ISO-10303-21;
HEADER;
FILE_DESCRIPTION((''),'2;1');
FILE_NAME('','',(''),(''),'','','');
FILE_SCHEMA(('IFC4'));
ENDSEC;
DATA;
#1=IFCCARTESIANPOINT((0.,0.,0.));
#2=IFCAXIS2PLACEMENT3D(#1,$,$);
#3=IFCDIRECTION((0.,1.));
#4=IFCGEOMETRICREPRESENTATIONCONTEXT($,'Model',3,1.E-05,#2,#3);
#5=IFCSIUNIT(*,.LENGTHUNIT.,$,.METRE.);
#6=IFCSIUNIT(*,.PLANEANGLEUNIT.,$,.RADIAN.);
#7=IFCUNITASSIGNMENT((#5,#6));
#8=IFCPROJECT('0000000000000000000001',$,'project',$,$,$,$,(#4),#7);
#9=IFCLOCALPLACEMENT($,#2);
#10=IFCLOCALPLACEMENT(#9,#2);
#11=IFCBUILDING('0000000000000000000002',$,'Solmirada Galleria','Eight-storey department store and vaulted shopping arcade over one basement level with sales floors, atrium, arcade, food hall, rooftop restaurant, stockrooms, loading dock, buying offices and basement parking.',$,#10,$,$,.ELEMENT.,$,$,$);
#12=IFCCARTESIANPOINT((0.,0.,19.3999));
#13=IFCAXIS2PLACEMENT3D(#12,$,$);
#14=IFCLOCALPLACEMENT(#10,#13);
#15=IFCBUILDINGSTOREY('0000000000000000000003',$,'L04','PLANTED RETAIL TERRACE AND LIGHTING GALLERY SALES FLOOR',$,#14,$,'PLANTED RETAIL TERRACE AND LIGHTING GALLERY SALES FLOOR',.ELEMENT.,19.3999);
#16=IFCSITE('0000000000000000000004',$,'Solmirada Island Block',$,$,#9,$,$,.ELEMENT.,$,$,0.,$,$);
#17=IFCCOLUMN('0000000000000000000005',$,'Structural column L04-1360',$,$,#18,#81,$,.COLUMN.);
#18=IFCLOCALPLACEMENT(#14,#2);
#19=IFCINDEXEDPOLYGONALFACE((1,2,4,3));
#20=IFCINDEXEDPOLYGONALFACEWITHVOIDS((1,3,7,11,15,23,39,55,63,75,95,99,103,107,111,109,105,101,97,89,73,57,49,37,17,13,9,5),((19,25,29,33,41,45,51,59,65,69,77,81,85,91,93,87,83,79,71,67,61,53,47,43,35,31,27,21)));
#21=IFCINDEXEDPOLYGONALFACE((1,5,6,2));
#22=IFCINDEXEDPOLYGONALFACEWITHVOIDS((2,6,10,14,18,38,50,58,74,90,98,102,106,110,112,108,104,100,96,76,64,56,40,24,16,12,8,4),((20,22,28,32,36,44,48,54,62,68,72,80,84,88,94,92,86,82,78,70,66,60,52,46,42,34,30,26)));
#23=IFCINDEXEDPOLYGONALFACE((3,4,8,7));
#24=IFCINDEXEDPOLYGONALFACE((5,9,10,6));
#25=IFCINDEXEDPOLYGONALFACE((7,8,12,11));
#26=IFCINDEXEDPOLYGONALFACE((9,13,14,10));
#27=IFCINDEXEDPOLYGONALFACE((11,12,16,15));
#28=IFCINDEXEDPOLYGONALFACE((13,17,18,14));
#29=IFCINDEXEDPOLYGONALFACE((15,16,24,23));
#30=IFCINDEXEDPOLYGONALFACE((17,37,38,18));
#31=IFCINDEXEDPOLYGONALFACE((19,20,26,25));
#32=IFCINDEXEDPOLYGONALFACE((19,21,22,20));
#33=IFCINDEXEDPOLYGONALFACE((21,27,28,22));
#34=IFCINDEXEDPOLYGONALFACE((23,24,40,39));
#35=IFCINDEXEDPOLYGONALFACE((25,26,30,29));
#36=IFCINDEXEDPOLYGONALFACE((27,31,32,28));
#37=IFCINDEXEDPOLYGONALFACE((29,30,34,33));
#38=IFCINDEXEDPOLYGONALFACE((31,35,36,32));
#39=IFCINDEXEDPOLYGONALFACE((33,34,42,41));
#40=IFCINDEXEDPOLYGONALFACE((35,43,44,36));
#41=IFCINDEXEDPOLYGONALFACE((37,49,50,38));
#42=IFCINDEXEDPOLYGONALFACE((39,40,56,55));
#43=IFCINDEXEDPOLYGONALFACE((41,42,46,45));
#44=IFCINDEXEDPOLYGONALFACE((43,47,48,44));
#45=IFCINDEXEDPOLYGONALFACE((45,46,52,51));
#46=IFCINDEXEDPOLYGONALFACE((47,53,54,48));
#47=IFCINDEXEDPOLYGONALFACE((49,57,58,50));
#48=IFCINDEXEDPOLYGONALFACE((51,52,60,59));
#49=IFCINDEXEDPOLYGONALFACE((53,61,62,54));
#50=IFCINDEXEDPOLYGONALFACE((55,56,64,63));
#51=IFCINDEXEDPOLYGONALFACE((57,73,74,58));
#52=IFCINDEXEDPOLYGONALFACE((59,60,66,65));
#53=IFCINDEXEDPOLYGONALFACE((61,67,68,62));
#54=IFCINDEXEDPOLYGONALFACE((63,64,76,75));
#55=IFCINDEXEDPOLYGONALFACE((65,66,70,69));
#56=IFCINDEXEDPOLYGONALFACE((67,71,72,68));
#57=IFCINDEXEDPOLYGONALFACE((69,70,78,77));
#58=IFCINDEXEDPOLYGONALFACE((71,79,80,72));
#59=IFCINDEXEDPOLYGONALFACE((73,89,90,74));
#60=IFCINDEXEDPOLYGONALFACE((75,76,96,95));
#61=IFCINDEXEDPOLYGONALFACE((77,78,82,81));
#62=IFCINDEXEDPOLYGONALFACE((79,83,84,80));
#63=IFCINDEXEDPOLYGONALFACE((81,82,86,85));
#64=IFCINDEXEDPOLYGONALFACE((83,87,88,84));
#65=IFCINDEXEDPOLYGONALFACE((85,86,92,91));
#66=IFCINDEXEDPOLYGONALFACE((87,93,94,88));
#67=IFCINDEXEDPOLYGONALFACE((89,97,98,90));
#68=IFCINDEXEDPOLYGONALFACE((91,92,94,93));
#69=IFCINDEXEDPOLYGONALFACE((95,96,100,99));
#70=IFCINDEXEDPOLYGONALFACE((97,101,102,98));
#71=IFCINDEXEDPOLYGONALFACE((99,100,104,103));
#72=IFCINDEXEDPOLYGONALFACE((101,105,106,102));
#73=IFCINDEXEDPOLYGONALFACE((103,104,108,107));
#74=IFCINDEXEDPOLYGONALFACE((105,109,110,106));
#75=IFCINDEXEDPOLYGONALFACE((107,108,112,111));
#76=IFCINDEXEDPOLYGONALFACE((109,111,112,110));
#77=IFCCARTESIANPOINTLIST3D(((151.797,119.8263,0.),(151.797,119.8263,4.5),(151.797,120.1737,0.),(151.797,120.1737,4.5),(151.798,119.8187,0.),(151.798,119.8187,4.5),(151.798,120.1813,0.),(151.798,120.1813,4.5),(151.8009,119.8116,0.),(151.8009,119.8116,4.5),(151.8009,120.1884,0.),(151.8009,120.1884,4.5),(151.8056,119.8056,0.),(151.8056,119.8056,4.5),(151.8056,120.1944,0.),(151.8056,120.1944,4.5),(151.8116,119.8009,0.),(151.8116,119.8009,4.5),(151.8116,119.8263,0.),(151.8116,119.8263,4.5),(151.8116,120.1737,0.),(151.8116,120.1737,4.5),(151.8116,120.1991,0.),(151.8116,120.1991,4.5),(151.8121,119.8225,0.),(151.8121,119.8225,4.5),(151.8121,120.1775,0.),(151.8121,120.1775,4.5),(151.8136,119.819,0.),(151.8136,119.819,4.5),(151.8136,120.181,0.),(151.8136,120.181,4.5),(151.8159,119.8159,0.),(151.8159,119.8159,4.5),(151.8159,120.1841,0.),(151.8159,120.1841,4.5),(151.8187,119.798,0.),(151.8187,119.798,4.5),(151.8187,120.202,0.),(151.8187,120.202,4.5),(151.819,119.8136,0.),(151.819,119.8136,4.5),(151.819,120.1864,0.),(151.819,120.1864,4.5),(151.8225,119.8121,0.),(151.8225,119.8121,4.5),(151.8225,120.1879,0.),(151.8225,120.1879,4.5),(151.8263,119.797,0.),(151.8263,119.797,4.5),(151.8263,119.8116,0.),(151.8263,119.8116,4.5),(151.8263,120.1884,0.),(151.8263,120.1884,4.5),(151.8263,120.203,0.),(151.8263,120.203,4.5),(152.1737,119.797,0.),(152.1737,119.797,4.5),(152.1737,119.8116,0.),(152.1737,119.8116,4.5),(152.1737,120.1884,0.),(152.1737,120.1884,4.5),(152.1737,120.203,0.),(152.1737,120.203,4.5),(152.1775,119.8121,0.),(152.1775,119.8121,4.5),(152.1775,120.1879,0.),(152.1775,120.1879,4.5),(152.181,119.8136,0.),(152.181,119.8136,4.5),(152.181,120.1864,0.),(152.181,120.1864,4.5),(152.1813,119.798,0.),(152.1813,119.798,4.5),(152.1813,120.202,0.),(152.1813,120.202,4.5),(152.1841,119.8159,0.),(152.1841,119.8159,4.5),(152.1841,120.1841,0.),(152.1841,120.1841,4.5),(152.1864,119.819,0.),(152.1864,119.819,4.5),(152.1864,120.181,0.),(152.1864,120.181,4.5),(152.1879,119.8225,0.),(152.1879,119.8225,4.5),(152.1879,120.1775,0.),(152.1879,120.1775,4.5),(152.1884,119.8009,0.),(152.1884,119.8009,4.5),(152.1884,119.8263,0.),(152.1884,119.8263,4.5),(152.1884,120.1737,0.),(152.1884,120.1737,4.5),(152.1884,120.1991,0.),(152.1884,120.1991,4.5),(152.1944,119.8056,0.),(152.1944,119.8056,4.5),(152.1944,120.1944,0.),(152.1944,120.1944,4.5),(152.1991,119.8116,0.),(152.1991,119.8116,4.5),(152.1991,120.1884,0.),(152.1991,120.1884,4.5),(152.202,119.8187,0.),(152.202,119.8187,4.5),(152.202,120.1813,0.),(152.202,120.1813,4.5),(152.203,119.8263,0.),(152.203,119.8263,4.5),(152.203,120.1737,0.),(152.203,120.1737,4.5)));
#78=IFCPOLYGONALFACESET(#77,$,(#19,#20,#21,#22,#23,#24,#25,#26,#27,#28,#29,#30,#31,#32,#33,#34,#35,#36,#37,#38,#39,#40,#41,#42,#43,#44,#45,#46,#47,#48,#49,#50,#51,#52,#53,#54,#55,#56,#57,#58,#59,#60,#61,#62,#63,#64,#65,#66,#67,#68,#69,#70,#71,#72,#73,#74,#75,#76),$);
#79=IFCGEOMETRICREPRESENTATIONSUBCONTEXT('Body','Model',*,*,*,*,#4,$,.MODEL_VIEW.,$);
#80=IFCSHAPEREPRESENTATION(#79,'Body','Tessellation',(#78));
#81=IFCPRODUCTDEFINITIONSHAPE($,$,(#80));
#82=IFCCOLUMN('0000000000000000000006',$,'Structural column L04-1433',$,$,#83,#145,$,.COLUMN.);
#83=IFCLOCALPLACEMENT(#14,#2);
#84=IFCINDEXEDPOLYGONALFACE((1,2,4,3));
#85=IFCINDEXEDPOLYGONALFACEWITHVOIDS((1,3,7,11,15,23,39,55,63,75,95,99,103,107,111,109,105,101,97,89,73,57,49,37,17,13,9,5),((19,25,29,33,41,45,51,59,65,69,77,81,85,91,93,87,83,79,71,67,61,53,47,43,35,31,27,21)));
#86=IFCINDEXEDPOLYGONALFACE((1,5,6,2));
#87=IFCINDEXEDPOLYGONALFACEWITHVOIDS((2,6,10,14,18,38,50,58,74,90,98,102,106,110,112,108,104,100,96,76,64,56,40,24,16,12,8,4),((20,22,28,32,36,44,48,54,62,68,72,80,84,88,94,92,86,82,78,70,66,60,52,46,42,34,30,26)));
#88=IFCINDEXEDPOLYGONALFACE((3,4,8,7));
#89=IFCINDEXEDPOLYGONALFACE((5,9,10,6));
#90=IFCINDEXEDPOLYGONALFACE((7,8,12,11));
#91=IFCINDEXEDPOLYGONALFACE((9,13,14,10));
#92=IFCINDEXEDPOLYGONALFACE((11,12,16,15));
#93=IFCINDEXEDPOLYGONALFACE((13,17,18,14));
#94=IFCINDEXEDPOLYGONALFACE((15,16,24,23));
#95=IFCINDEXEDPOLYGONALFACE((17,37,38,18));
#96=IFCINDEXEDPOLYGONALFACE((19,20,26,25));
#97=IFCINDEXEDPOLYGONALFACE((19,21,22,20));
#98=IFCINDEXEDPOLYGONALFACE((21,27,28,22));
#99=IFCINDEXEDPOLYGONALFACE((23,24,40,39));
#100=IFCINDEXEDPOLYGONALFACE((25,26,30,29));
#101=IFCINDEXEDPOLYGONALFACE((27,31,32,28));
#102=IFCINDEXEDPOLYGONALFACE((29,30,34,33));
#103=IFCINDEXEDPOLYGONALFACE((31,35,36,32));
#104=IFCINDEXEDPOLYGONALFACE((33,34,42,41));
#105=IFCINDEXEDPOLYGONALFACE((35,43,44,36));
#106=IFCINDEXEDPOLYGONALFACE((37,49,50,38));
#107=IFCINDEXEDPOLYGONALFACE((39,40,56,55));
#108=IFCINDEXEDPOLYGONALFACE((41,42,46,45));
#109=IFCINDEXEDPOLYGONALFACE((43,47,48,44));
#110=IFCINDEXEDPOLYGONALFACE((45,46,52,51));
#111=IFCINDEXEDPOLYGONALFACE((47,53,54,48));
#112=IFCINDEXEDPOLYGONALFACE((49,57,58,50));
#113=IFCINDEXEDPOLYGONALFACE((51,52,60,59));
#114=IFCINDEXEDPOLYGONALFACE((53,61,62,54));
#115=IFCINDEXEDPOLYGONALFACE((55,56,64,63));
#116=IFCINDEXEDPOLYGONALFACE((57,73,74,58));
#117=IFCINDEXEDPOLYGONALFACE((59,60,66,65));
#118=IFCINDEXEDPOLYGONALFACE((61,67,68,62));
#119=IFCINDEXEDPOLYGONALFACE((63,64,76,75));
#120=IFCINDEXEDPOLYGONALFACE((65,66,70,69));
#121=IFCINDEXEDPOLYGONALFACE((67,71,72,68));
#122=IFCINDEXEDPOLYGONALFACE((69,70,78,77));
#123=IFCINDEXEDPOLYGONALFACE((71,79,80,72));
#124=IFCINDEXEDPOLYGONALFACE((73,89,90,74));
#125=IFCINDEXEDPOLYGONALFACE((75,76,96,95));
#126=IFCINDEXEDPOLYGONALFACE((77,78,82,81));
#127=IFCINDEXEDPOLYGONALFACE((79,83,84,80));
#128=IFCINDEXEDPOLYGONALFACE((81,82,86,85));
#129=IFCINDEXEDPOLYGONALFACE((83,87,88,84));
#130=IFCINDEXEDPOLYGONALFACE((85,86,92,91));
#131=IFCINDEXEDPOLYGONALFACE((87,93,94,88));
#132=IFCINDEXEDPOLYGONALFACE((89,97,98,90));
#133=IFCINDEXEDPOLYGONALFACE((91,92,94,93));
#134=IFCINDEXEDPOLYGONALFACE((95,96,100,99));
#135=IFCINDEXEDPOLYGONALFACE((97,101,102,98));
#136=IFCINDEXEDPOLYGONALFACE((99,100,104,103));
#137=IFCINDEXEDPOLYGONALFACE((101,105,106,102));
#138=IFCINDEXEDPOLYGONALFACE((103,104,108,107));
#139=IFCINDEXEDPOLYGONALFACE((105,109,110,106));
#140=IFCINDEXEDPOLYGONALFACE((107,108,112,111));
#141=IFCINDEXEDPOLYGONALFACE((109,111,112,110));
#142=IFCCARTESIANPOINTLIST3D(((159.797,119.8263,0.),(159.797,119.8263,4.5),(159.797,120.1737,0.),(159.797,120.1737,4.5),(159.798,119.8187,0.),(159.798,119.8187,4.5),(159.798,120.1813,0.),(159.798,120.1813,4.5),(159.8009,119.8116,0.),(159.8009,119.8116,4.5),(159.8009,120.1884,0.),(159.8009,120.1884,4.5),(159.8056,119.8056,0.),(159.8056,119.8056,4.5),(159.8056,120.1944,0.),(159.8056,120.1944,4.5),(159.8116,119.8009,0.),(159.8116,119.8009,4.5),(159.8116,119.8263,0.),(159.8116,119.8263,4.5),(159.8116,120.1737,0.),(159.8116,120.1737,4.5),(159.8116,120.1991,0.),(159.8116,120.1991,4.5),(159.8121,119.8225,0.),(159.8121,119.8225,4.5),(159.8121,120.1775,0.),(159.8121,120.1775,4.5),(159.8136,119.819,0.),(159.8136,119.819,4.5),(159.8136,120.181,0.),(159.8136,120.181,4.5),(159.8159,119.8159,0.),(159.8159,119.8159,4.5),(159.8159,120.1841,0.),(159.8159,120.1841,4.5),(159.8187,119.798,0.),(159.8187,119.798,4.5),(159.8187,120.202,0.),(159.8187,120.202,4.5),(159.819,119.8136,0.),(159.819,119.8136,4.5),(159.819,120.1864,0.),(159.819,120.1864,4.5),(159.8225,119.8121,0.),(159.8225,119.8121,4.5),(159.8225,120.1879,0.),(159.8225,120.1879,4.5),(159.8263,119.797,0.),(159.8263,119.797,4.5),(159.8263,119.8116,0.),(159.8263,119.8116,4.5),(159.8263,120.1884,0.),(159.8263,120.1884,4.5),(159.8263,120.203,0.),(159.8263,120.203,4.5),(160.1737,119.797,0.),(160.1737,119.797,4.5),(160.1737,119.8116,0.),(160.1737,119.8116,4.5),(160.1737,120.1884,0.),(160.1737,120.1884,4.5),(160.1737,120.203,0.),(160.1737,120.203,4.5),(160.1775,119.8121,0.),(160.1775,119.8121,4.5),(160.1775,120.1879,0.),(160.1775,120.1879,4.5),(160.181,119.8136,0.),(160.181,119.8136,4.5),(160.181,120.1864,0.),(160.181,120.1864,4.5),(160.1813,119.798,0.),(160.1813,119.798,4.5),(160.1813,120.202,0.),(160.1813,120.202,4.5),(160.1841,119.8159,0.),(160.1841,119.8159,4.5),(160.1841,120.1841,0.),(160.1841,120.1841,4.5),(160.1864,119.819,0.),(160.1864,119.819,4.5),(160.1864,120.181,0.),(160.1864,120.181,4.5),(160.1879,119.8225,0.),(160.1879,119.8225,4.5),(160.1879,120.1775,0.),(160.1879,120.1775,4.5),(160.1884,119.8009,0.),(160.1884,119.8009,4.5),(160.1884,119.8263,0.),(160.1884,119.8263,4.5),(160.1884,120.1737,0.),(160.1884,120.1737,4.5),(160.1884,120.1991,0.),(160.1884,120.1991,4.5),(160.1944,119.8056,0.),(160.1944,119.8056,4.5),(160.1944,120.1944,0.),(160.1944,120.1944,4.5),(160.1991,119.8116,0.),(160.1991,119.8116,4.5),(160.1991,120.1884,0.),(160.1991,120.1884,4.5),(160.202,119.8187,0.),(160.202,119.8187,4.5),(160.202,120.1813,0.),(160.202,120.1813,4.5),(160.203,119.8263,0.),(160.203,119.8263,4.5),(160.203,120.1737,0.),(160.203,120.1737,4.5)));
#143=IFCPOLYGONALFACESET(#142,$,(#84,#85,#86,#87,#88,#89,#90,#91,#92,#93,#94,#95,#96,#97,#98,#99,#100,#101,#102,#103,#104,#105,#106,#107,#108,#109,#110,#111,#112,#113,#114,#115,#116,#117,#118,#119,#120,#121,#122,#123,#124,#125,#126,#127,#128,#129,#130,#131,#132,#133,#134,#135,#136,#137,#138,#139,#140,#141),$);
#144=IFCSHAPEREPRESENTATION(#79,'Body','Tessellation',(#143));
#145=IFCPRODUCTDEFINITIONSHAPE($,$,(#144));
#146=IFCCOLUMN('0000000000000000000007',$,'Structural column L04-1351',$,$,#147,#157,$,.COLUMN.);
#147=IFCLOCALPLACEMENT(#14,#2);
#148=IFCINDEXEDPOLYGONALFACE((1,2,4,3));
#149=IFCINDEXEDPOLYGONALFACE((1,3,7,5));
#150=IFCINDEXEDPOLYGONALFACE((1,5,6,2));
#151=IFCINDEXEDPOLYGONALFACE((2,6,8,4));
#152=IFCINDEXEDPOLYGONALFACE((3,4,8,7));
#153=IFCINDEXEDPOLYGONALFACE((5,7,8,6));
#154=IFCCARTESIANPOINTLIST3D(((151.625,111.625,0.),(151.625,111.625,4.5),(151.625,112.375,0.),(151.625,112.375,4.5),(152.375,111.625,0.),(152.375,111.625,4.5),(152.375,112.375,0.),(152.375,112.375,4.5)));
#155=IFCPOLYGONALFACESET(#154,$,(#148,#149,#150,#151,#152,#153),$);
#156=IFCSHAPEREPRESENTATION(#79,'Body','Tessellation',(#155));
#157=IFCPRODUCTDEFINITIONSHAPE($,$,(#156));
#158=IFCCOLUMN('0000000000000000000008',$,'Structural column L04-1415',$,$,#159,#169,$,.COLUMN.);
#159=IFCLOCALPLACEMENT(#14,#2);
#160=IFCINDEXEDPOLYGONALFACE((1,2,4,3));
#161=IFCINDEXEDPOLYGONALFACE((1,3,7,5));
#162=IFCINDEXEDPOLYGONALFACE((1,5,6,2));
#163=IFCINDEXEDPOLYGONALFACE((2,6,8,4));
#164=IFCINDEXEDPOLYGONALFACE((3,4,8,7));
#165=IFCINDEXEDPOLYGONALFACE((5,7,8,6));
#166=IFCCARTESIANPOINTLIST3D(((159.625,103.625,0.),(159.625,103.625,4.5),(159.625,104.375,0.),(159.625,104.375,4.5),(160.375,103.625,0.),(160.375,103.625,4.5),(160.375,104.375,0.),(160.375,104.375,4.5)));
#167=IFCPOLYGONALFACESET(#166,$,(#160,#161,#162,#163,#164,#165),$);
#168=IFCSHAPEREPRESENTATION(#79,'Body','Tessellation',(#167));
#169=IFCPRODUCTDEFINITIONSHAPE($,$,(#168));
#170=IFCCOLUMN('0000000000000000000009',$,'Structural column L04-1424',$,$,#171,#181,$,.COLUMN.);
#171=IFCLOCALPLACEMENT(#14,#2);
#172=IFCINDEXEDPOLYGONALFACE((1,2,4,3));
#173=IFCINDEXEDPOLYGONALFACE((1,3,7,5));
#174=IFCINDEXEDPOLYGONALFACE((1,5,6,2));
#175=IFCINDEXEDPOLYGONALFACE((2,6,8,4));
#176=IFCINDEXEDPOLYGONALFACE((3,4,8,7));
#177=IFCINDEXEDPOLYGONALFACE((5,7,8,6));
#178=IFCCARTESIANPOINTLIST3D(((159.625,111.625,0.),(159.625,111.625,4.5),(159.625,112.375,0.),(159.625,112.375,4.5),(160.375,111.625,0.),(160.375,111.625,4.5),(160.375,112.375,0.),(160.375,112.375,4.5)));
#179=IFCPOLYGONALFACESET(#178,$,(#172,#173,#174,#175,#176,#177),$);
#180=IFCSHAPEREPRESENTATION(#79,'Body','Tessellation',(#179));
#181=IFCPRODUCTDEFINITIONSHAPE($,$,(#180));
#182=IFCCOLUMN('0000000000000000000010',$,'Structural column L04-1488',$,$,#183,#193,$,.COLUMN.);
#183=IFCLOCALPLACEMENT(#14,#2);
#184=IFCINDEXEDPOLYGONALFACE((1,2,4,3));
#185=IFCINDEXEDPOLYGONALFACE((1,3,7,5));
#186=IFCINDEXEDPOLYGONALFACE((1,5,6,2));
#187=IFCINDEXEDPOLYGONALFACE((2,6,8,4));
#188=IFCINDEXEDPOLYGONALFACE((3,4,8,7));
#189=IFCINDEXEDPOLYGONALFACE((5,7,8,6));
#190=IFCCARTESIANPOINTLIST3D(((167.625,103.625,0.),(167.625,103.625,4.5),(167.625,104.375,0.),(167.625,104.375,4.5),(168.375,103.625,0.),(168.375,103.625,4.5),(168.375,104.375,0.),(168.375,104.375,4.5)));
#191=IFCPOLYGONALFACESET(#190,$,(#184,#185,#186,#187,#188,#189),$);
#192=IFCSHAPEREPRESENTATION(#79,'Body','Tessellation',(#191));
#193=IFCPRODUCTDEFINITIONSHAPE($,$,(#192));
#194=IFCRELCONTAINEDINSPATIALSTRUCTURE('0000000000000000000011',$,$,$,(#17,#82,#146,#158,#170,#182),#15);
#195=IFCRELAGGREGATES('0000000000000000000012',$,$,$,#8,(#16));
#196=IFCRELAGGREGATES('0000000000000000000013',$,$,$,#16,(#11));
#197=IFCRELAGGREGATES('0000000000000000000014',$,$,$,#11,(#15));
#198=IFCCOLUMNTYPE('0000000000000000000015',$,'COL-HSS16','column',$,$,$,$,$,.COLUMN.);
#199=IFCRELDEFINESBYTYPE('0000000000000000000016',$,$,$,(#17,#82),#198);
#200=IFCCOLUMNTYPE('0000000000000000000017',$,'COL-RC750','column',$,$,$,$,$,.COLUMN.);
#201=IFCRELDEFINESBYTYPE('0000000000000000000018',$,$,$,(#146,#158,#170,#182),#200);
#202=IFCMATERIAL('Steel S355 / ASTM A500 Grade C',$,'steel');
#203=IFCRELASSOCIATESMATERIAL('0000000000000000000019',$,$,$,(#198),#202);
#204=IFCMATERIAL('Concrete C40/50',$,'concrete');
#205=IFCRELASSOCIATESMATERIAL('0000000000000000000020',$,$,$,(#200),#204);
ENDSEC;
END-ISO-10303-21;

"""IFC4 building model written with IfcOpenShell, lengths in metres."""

from ifc_helpers import new_model, si_unit, direction, frame, origin, origin_2d, place, context, subcontext, project, spatial, rectangle, hollow_rectangle, extrude, material, material_profile, profile_set, type_object, element, save


model = new_model("IFC4")

# Units and contexts
model_context = context("Model", 3, precision=1e-05, world=origin(), true_north=direction((0.0, 1.0)))
body_context = subcontext(model_context, "Body", "Model", "MODEL_VIEW")
ifc_project = project(units=[si_unit("LENGTHUNIT", "METRE"), si_unit("PLANEANGLEUNIT", "RADIAN")], contexts=[model_context])

# Site, building, storey
site_placement = place(None, origin())
site = spatial("IfcSite", under=ifc_project, at=site_placement, Name="Solmirada Island Block", CompositionType="ELEMENT", RefElevation=0.0)
building_placement = place(site_placement, origin())
building = spatial("IfcBuilding", under=site, at=building_placement, Name="Solmirada Galleria", Description="Eight-storey department store and vaulted shopping arcade over one basement level with sales floors, atrium, arcade, food hall, rooftop restaurant, stockrooms, loading dock, buying offices and basement parking.", CompositionType="ELEMENT")
storey_placement = place(building_placement, frame((0.0, 0.0, 19.3999)))
storey = spatial("IfcBuildingStorey", under=building, at=storey_placement, Name="L04", Description="PLANTED RETAIL TERRACE AND LIGHTING GALLERY SALES FLOOR", LongName="PLANTED RETAIL TERRACE AND LIGHTING GALLERY SALES FLOOR", CompositionType="ELEMENT", Elevation=19.3999)

# Columns
ifc_material_1 = material(Name="Steel S355 / ASTM A500 Grade C", Category="steel")
ifc_material_profile_1 = material_profile(ifc_material_1, hollow_rectangle(XDim=0.406, YDim=0.406, WallThickness=0.0146, InnerFilletRadius=0.0146, OuterFilletRadius=0.0293, at=origin_2d()), Name="HSS16X16X5/8")
ifc_profile_set_1 = profile_set([ifc_material_profile_1], Name="Steel S355 / ASTM A500 Grade C")
column_type_1 = type_object("IfcColumnType", Name="COL-HSS16", Description="column", PredefinedType="COLUMN", material=ifc_profile_set_1)
for number, where, z_axis, x_axis, name in (
    (1, (152.0, 120.0, 0.0), (0.0, 0.0, 1.0), (1.0, 0.0, 0.0), "Structural column L04-1360"),
    (2, (160.0, 120.0, 0.0), (0.0, 0.0, 1.0), (1.0, 0.0, 0.0), "Structural column L04-1433"),
):
    element("IfcColumn", number, at=place(storey_placement, frame(where, z_axis=z_axis, x_axis=x_axis)), inside=storey, type_object=column_type_1, Name=name, PredefinedType="COLUMN", context=body_context, shape_type="SweptSolid", body=[
        extrude(hollow_rectangle(XDim=0.406, YDim=0.406, WallThickness=0.0146, InnerFilletRadius=0.0146, OuterFilletRadius=0.0293, at=origin_2d()), origin(), (0.0, 0.0, 1.0), 4.5),
    ])
ifc_material_2 = material(Name="Concrete C40/50", Category="concrete")
ifc_material_profile_2 = material_profile(ifc_material_2, rectangle(XDim=0.75, YDim=0.75, at=origin_2d()), Name="RC750X750")
ifc_profile_set_2 = profile_set([ifc_material_profile_2], Name="Concrete C40/50")
column_type_2 = type_object("IfcColumnType", Name="COL-RC750", Description="column", PredefinedType="COLUMN", material=ifc_profile_set_2)
for number, where, z_axis, x_axis, name in (
    (3, (152.0, 112.0, 0.0), (0.0, 0.0, 1.0), (1.0, 0.0, 0.0), "Structural column L04-1351"),
    (4, (160.0, 104.0, 0.0), (0.0, 0.0, 1.0), (1.0, 0.0, 0.0), "Structural column L04-1415"),
    (5, (160.0, 112.0, 0.0), (0.0, 0.0, 1.0), (1.0, 0.0, 0.0), "Structural column L04-1424"),
    (6, (168.0, 104.0, 0.0), (0.0, 0.0, 1.0), (1.0, 0.0, 0.0), "Structural column L04-1488"),
):
    element("IfcColumn", number, at=place(storey_placement, frame(where, z_axis=z_axis, x_axis=x_axis)), inside=storey, type_object=column_type_2, Name=name, PredefinedType="COLUMN", context=body_context, shape_type="SweptSolid", body=[
        extrude(rectangle(XDim=0.75, YDim=0.75, at=origin_2d()), origin(), (0.0, 0.0, 1.0), 4.5),
    ])

save(model, "model.ifc")
